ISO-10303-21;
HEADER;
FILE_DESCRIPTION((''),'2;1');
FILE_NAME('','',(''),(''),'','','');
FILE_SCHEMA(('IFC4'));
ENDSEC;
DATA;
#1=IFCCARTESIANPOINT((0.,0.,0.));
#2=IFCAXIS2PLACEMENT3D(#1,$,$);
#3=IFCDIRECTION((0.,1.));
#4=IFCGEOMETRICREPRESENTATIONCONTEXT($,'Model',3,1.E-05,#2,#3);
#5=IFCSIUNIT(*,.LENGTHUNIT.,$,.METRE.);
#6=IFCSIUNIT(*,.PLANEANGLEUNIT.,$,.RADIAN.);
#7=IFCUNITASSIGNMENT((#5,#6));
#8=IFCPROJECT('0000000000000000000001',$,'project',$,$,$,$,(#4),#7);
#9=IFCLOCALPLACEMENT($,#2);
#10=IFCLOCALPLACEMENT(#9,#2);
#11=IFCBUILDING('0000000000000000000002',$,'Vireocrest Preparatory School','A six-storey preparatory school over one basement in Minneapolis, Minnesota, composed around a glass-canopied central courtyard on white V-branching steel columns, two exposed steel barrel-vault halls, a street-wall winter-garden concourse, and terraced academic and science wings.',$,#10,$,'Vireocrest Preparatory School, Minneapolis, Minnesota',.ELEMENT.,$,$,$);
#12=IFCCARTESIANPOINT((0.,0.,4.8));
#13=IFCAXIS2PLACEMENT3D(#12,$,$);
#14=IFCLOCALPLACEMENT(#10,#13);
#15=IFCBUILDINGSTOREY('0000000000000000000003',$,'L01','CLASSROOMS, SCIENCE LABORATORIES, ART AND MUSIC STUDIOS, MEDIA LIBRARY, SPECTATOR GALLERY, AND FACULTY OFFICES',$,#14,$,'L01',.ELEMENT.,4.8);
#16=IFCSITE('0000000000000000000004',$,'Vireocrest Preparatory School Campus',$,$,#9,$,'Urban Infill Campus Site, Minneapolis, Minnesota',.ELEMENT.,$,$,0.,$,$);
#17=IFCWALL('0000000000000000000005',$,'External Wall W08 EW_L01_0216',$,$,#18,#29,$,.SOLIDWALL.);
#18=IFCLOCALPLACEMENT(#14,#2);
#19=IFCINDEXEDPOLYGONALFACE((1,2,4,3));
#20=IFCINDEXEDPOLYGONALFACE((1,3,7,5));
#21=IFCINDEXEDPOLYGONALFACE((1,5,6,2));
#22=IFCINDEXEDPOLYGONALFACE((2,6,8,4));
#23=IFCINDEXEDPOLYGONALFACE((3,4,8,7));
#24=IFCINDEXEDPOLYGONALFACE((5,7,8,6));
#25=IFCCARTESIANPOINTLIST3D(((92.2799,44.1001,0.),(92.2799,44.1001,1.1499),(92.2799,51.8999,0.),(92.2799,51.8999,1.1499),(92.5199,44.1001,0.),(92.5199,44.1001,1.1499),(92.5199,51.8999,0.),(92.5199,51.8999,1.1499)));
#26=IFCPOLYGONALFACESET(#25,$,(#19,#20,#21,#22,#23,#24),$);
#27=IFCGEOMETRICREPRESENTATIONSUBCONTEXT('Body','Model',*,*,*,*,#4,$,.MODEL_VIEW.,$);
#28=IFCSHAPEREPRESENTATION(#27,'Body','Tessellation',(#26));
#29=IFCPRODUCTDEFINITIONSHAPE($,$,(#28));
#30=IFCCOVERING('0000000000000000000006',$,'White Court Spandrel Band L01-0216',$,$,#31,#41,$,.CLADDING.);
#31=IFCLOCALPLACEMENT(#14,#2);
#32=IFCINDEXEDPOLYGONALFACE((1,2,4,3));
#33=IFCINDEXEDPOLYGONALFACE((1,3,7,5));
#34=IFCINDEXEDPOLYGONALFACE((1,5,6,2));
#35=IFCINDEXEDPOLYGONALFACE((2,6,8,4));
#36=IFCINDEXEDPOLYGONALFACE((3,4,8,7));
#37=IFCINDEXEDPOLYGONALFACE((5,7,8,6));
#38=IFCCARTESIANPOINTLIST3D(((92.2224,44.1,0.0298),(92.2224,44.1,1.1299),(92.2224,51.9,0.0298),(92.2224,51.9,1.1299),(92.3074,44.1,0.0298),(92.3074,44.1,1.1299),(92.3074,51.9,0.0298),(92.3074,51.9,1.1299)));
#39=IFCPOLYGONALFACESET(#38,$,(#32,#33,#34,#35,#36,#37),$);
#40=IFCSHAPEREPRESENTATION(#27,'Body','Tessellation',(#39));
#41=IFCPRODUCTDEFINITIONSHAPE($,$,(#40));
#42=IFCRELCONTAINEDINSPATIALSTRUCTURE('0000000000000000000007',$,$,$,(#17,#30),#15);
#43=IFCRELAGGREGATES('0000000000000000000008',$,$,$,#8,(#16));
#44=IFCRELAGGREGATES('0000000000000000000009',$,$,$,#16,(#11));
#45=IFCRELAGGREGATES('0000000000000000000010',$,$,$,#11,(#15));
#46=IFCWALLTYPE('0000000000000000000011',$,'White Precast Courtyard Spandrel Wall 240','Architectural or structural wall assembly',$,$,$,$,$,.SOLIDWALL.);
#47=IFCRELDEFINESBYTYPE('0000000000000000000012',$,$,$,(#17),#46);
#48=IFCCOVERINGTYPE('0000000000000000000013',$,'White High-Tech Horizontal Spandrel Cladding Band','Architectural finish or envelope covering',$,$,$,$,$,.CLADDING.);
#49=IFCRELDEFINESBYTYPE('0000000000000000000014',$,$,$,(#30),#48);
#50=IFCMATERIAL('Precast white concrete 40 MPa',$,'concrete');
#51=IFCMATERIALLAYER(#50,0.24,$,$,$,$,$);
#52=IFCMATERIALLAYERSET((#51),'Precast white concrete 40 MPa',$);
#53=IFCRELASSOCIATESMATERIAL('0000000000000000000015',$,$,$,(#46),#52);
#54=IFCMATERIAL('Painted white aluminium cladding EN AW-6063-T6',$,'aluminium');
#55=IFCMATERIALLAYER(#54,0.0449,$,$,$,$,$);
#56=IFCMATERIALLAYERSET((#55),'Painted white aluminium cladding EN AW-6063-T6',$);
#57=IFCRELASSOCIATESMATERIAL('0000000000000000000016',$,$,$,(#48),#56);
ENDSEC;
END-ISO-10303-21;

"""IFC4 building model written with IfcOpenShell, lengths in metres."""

from ifc_helpers import new_model, si_unit, direction, frame, frame_2d, origin, origin_2d, place, context, subcontext, project, spatial, rectangle, extrude, material, layer, layer_set, type_object, element, save


model = new_model("IFC4")

# Units and contexts
model_context = context("Model", 3, precision=1e-05, world=origin(), true_north=direction((0.0, 1.0)))
body_context = subcontext(model_context, "Body", "Model", "MODEL_VIEW")
ifc_project = project(units=[si_unit("LENGTHUNIT", "METRE"), si_unit("PLANEANGLEUNIT", "RADIAN")], contexts=[model_context])

# Site, building, storey
site_placement = place(None, origin())
site = spatial("IfcSite", under=ifc_project, at=site_placement, Name="Vireocrest Preparatory School Campus", LongName="Urban Infill Campus Site, Minneapolis, Minnesota", CompositionType="ELEMENT", RefElevation=0.0)
building_placement = place(site_placement, origin())
building = spatial("IfcBuilding", under=site, at=building_placement, Name="Vireocrest Preparatory School", Description="A six-storey preparatory school over one basement in Minneapolis, Minnesota, composed around a glass-canopied central courtyard on white V-branching steel columns, two exposed steel barrel-vault halls, a street-wall winter-garden concourse, and terraced academic and science wings.", LongName="Vireocrest Preparatory School, Minneapolis, Minnesota", CompositionType="ELEMENT")
storey_placement = place(building_placement, frame((0.0, 0.0, 4.8)))
storey = spatial("IfcBuildingStorey", under=building, at=storey_placement, Name="L01", Description="CLASSROOMS, SCIENCE LABORATORIES, ART AND MUSIC STUDIOS, MEDIA LIBRARY, SPECTATOR GALLERY, AND FACULTY OFFICES", LongName="L01", CompositionType="ELEMENT", Elevation=4.8)

# Wall
ifc_material_1 = material(Name="Precast white concrete 40 MPa", Category="concrete")
ifc_layer_1 = layer(ifc_material_1, 0.24)
ifc_layer_set_1 = layer_set([ifc_layer_1], Name="Precast white concrete 40 MPa")
wall_type_1 = type_object("IfcWallType", Name="White Precast Courtyard Spandrel Wall 240", Description="Architectural or structural wall assembly", PredefinedType="SOLIDWALL", material=ifc_layer_set_1)
wall_1_placement = place(storey_placement, frame((92.3999, 44.1001, 0.0), z_axis=(0.0, 0.0, 1.0), x_axis=(0.0, 1.0, 0.0)))
element("IfcWall", 1, at=wall_1_placement, inside=storey, type_object=wall_type_1, Name="External Wall W08 EW_L01_0216", PredefinedType="SOLIDWALL", context=body_context, shape_type="SweptSolid", body=[
    extrude(rectangle(XDim=7.7998, YDim=0.24, at=frame_2d((3.8999, 0.0))), origin(), (0.0, 0.0, 1.0), 1.1499),
])

# Covering
ifc_material_2 = material(Name="Painted white aluminium cladding EN AW-6063-T6", Category="aluminium")
ifc_layer_2 = layer(ifc_material_2, 0.0449)
ifc_layer_set_2 = layer_set([ifc_layer_2], Name="Painted white aluminium cladding EN AW-6063-T6")
covering_type = type_object("IfcCoveringType", Name="White High-Tech Horizontal Spandrel Cladding Band", Description="Architectural finish or envelope covering", PredefinedType="CLADDING", material=ifc_layer_set_2)
covering_placement = place(storey_placement, frame((92.2649, 48.0, 0.0298), z_axis=(0.0, 0.0, 1.0), x_axis=(1.0, 0.0, 0.0)))
element("IfcCovering", 2, at=covering_placement, inside=storey, type_object=covering_type, Name="White Court Spandrel Band L01-0216", PredefinedType="CLADDING", context=body_context, shape_type="SweptSolid", body=[
    extrude(rectangle(XDim=0.085, YDim=7.8, at=origin_2d()), origin(), (0.0, 0.0, 1.0), 1.1001),
])

save(model, "model.ifc")
